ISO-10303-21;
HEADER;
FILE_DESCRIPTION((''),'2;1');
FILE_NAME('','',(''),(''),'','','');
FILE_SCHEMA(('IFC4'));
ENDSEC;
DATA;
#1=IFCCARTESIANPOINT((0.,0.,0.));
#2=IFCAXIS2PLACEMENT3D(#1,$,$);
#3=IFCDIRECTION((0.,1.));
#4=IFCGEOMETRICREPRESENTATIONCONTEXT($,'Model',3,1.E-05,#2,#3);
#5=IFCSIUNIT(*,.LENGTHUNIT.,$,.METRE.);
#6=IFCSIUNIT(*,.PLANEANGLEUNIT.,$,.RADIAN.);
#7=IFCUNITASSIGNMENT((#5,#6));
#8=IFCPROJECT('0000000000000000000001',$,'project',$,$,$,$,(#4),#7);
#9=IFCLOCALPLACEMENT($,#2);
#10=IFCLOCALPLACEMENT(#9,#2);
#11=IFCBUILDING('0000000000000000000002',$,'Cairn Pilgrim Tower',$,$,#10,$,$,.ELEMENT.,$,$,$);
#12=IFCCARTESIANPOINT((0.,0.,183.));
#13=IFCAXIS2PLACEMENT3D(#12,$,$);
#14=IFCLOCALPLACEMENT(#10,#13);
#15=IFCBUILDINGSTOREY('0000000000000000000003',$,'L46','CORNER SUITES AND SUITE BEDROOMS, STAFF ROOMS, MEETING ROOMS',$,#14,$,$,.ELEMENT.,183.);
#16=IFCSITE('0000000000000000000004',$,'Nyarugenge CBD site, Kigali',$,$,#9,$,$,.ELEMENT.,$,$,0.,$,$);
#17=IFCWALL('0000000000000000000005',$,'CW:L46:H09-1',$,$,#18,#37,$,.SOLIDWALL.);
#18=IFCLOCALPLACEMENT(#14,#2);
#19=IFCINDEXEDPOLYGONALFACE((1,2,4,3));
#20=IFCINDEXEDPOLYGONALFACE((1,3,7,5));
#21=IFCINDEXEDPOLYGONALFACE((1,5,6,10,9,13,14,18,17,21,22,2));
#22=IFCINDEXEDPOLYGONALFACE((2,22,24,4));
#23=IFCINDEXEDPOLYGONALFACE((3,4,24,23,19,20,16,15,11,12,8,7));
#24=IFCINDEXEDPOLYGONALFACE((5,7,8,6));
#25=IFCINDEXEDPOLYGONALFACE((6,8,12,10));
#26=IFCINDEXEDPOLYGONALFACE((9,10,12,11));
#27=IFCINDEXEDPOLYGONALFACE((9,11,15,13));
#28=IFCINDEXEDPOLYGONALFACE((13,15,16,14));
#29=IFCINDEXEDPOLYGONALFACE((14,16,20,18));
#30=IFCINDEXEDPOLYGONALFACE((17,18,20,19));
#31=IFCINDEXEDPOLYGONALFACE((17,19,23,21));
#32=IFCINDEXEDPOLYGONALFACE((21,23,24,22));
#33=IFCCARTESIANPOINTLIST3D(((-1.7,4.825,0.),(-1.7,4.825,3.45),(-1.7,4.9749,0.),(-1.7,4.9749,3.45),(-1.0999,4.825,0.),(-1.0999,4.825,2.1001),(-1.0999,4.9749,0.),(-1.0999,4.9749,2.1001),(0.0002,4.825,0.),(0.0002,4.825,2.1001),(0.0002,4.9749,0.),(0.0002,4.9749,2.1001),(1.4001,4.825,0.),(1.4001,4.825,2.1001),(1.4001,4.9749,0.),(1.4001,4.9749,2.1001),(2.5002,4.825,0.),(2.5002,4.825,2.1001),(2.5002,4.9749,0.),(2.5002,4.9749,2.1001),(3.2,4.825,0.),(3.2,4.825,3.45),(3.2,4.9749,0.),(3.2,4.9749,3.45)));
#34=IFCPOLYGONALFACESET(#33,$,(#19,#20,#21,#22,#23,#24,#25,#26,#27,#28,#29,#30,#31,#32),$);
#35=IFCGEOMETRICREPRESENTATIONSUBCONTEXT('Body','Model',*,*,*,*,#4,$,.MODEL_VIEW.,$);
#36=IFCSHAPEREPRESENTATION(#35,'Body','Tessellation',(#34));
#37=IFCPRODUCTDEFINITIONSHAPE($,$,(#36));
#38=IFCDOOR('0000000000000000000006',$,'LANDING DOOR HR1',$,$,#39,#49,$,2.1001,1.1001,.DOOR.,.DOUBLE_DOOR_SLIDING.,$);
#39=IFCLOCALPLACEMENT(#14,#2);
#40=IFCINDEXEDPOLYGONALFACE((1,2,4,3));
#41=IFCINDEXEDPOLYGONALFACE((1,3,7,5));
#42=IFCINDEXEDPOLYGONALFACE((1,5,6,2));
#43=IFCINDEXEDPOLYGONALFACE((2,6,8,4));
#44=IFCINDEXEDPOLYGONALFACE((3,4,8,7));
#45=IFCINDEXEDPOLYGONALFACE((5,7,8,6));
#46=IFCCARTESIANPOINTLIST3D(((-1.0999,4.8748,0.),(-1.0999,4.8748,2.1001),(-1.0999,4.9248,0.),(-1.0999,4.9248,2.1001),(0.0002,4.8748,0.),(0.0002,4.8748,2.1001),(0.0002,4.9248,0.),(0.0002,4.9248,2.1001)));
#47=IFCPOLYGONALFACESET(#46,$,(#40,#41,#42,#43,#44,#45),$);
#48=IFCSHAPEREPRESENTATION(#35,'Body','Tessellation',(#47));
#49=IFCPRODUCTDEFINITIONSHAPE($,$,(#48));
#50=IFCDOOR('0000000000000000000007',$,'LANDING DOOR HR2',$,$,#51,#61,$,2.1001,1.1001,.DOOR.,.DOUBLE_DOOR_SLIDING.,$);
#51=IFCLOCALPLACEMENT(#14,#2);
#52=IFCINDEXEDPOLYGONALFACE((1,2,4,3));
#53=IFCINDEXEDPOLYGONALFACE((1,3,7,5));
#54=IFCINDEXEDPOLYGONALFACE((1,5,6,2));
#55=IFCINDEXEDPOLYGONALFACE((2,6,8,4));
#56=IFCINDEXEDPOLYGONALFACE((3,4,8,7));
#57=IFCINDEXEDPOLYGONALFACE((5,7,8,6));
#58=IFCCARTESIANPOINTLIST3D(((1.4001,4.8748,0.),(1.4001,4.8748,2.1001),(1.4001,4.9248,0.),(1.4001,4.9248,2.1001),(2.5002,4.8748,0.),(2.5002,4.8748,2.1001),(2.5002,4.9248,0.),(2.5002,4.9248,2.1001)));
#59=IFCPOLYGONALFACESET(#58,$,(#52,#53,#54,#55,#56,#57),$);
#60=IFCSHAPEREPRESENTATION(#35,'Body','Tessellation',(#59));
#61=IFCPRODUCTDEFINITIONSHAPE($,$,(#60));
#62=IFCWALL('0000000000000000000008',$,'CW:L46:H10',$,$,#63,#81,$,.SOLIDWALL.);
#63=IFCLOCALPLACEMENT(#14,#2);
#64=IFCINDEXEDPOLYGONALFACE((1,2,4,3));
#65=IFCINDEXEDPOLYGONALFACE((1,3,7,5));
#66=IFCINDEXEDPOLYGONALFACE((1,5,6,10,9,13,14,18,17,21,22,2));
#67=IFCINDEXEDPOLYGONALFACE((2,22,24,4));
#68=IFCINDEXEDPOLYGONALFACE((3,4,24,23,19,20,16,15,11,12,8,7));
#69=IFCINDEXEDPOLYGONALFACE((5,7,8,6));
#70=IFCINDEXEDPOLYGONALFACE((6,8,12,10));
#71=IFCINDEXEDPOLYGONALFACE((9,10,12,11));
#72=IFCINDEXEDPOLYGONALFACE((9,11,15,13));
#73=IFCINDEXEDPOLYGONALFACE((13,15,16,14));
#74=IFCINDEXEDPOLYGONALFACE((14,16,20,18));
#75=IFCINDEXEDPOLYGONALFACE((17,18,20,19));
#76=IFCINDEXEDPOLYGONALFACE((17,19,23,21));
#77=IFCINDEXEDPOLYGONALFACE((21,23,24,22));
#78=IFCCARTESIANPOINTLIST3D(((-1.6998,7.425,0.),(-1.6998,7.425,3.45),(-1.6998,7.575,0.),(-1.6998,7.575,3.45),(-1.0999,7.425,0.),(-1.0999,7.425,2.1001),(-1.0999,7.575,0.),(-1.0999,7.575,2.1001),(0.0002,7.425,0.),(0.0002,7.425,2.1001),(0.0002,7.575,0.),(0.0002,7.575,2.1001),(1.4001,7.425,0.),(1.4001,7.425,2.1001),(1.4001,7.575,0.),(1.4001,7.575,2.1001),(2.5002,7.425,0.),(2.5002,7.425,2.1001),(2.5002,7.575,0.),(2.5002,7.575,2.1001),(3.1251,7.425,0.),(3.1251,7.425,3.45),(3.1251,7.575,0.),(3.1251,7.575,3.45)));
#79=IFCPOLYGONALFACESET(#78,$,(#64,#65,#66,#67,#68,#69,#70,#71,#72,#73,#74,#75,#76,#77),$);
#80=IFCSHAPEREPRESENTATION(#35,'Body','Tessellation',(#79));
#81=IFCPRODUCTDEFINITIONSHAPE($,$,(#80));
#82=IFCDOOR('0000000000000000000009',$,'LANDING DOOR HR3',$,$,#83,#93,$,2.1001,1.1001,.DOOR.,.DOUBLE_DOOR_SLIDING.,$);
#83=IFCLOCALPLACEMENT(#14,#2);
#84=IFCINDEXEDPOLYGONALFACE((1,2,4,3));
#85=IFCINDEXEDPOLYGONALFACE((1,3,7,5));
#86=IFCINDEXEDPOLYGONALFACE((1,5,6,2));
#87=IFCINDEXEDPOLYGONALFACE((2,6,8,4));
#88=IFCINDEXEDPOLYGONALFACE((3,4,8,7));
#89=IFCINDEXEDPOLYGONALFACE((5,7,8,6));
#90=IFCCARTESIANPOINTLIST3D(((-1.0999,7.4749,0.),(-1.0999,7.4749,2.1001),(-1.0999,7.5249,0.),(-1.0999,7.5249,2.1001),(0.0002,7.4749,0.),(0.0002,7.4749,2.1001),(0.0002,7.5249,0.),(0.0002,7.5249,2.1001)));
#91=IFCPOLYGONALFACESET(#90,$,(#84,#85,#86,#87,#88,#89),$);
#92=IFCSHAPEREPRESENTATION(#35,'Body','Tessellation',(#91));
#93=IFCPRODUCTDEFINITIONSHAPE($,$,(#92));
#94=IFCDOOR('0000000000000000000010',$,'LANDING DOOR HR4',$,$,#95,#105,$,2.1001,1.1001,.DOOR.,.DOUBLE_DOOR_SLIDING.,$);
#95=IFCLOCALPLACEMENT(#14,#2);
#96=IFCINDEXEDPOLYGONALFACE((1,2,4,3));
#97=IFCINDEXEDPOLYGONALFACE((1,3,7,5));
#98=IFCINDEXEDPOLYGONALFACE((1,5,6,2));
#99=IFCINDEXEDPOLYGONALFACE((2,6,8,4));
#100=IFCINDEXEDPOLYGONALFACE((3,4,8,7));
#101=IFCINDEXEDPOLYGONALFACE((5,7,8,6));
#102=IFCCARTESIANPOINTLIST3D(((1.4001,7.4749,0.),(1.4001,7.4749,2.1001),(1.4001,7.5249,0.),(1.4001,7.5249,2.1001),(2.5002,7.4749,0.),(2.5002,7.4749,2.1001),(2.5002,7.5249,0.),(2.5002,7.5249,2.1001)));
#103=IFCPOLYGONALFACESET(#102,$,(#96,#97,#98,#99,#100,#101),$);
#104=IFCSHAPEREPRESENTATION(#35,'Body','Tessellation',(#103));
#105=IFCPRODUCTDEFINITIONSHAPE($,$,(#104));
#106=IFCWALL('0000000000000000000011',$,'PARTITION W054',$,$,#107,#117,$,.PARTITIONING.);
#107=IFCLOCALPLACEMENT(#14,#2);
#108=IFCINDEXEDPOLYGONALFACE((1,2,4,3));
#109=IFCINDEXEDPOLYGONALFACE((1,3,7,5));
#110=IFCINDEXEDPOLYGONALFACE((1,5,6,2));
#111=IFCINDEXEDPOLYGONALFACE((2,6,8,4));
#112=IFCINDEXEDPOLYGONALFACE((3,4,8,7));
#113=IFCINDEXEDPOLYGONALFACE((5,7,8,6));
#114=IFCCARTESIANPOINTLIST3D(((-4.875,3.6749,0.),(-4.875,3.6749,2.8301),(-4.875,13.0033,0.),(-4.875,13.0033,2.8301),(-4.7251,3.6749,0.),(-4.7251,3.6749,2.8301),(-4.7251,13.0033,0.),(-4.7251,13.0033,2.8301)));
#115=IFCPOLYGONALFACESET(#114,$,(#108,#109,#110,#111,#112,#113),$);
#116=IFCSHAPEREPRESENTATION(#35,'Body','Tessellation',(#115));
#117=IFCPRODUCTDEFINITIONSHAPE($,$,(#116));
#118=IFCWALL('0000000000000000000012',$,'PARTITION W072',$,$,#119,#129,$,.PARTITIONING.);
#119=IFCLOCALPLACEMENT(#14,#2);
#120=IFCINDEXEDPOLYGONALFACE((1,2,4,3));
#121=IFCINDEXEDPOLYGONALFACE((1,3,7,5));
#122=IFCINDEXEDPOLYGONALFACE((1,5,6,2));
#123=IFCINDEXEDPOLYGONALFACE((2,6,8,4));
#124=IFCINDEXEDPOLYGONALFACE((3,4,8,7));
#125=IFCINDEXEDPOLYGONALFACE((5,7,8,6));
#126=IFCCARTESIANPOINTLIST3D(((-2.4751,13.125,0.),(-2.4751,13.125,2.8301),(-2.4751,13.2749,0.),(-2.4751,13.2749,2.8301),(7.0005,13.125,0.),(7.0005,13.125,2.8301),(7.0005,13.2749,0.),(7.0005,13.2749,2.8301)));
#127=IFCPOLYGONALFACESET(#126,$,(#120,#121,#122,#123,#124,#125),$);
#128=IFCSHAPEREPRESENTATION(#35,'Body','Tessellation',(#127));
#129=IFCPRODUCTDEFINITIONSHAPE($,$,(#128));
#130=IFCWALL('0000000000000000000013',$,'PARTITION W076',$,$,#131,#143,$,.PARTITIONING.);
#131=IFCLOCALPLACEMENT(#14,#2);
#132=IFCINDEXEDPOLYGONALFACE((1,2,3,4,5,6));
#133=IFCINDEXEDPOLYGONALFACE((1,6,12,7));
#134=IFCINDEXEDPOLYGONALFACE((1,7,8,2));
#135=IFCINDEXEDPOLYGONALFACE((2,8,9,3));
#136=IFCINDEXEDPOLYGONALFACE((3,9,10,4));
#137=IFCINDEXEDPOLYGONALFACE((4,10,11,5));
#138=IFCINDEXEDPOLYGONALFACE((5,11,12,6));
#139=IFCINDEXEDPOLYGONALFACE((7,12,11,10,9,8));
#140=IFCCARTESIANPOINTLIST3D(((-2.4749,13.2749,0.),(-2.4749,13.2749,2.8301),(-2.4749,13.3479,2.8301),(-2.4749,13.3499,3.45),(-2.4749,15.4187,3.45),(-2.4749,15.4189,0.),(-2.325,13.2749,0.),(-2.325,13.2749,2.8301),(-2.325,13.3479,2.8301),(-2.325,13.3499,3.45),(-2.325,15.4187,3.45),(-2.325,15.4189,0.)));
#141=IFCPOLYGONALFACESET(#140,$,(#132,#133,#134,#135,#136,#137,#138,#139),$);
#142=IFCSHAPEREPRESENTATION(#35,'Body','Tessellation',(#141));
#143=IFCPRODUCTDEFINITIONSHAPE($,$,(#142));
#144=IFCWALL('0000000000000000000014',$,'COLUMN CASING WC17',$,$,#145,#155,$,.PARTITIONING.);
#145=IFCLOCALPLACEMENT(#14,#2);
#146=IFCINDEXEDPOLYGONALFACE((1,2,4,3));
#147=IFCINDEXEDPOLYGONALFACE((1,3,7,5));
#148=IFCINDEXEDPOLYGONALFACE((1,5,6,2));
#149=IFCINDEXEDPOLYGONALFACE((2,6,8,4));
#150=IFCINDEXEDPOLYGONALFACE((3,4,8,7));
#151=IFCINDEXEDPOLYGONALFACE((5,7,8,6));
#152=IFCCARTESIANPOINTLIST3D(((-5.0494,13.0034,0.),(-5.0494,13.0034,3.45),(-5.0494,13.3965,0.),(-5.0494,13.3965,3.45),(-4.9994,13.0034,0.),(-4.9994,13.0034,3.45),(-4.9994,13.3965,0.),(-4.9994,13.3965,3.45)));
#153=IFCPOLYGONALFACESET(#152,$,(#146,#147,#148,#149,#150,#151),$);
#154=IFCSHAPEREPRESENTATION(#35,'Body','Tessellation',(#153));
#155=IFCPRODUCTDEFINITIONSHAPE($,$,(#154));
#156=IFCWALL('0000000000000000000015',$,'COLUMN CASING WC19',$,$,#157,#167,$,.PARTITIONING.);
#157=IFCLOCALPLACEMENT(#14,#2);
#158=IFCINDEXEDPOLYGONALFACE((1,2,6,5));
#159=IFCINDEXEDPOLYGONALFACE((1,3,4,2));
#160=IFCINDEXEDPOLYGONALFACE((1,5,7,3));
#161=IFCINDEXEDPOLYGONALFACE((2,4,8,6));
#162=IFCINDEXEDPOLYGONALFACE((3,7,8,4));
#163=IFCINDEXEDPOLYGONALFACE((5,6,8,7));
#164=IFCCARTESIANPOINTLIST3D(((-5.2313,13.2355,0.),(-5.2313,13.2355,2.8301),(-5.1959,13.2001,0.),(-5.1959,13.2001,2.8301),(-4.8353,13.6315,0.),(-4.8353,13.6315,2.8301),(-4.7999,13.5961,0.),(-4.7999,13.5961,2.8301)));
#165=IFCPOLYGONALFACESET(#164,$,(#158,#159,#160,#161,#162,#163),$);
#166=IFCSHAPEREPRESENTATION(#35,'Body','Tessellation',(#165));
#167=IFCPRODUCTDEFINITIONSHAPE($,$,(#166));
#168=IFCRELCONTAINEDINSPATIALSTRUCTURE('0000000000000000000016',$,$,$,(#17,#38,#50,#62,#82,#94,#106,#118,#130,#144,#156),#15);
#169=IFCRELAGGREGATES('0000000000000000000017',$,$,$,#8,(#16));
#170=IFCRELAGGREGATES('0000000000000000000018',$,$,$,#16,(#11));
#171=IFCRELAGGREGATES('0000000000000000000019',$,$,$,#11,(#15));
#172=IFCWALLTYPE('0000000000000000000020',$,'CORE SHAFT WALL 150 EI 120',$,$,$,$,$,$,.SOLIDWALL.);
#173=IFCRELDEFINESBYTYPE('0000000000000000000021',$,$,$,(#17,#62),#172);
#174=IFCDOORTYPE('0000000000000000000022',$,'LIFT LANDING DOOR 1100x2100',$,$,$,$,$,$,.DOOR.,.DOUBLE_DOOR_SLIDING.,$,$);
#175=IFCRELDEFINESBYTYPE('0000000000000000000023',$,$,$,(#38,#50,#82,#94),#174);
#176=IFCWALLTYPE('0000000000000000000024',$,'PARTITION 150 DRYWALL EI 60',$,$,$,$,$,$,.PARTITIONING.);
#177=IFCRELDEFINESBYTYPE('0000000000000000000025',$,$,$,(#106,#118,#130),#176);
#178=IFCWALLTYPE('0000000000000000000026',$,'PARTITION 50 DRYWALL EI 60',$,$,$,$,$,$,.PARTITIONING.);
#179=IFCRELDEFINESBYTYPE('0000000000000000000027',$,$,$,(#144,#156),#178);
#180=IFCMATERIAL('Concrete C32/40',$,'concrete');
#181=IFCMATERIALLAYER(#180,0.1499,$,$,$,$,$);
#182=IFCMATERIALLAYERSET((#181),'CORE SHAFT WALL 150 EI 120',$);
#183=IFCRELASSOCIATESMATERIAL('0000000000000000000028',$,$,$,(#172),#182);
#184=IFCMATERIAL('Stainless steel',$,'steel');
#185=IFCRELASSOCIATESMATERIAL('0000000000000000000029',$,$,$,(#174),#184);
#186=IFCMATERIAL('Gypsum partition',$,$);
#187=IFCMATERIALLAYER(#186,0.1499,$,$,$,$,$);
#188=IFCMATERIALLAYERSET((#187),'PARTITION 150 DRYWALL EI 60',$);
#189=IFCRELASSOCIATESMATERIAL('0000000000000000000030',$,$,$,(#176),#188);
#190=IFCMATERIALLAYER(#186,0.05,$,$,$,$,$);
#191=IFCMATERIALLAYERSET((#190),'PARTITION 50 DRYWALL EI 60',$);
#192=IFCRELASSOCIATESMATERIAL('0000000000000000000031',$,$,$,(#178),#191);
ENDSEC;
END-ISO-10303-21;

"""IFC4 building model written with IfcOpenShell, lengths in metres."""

from ifc_helpers import new_model, si_unit, direction, frame, frame_2d, origin, place, context, subcontext, project, spatial, polyline, rectangle, outline, extrude, material, layer, layer_set, type_object, element, fill, save


model = new_model("IFC4")

# Units and contexts
model_context = context("Model", 3, precision=1e-05, world=origin(), true_north=direction((0.0, 1.0)))
body_context = subcontext(model_context, "Body", "Model", "MODEL_VIEW")
ifc_project = project(units=[si_unit("LENGTHUNIT", "METRE"), si_unit("PLANEANGLEUNIT", "RADIAN")], contexts=[model_context])

# Site, building, storey
site_placement = place(None, origin())
site = spatial("IfcSite", under=ifc_project, at=site_placement, Name="Nyarugenge CBD site, Kigali", CompositionType="ELEMENT", RefElevation=0.0)
building_placement = place(site_placement, origin())
building = spatial("IfcBuilding", under=site, at=building_placement, Name="Cairn Pilgrim Tower", CompositionType="ELEMENT")
storey_placement = place(building_placement, frame((0.0, 0.0, 183.0)))
storey = spatial("IfcBuildingStorey", under=building, at=storey_placement, Name="L46", Description="CORNER SUITES AND SUITE BEDROOMS, STAFF ROOMS, MEETING ROOMS", CompositionType="ELEMENT", Elevation=183.0)

# Shared definitions
ifc_material_1 = material(Name="Concrete C32/40", Category="concrete")

# Walls, openings, doors
ifc_layer_1 = layer(ifc_material_1, 0.1499)
ifc_layer_set_1 = layer_set([ifc_layer_1], Name="CORE SHAFT WALL 150 EI 120")
wall_type_1 = type_object("IfcWallType", Name="CORE SHAFT WALL 150 EI 120", PredefinedType="SOLIDWALL", material=ifc_layer_set_1)
wall_1_placement = place(storey_placement, frame((-1.7, 4.8999, 0.0), z_axis=(0.0, 0.0, 1.0), x_axis=(1.0, 0.0, 0.0)))
wall_1 = element("IfcWall", 1, at=wall_1_placement, inside=storey, type_object=wall_type_1, Name="CW:L46:H09-1", PredefinedType="SOLIDWALL", context=body_context, shape_type="SweptSolid", body=[
    extrude(rectangle(XDim=4.8999, YDim=0.1499, at=frame_2d((2.45, 0.0))), origin(), (0.0, 0.0, 1.0), 3.45),
])
opening_1_placement = place(wall_1_placement, frame((0.6001, 0.0, 0.0)))
opening_1 = element("IfcOpeningElement", 2, at=opening_1_placement, cuts=wall_1, PredefinedType="OPENING", context=body_context, shape_type="SweptSolid", body=[
    extrude(rectangle(XDim=1.1001, YDim=2.1001, at=frame_2d((0.55, 1.05))), frame((0.0, 0.085, 0.0), z_axis=(0.0, -1.0, 0.0), x_axis=(1.0, 0.0, 0.0)), (0.0, 0.0, 1.0), 0.1699),
])
opening_2_placement = place(wall_1_placement, frame((3.1001, 0.0, 0.0)))
opening_2 = element("IfcOpeningElement", 3, at=opening_2_placement, cuts=wall_1, PredefinedType="OPENING", context=body_context, shape_type="SweptSolid", body=[
    extrude(rectangle(XDim=1.1001, YDim=2.1001, at=frame_2d((0.55, 1.05))), frame((0.0, 0.085, 0.0), z_axis=(0.0, -1.0, 0.0), x_axis=(1.0, 0.0, 0.0)), (0.0, 0.0, 1.0), 0.1699),
])
ifc_material_2 = material(Name="Stainless steel", Category="steel")
door_type = type_object("IfcDoorType", Name="LIFT LANDING DOOR 1100x2100", OperationType="DOUBLE_DOOR_SLIDING", PredefinedType="DOOR", material=ifc_material_2)
door_1_placement = place(opening_1_placement, origin())
door_1 = element("IfcDoor", 4, at=door_1_placement, inside=storey, type_object=door_type, Name="LANDING DOOR HR1", OperationType="DOUBLE_DOOR_SLIDING", OverallHeight=2.1001, OverallWidth=1.1001, PredefinedType="DOOR", context=body_context, shape_type="SweptSolid", body=[
    extrude(rectangle(XDim=1.1001, YDim=2.1001, at=frame_2d((0.55, 1.05))), frame((0.0, 0.0249, 0.0), z_axis=(0.0, -1.0, 0.0), x_axis=(1.0, 0.0, 0.0)), (0.0, 0.0, 1.0), 0.05),
])
fill(opening_1, door_1)
door_2_placement = place(opening_2_placement, origin())
door_2 = element("IfcDoor", 5, at=door_2_placement, inside=storey, type_object=door_type, Name="LANDING DOOR HR2", OperationType="DOUBLE_DOOR_SLIDING", OverallHeight=2.1001, OverallWidth=1.1001, PredefinedType="DOOR", context=body_context, shape_type="SweptSolid", body=[
    extrude(rectangle(XDim=1.1001, YDim=2.1001, at=frame_2d((0.55, 1.05))), frame((0.0, 0.0249, 0.0), z_axis=(0.0, -1.0, 0.0), x_axis=(1.0, 0.0, 0.0)), (0.0, 0.0, 1.0), 0.05),
])
fill(opening_2, door_2)
wall_2_placement = place(storey_placement, frame((-1.7, 7.5, 0.0), z_axis=(0.0, 0.0, 1.0), x_axis=(1.0, 0.0, 0.0)))
wall_2 = element("IfcWall", 6, at=wall_2_placement, inside=storey, type_object=wall_type_1, Name="CW:L46:H10", PredefinedType="SOLIDWALL", context=body_context, shape_type="SweptSolid", body=[
    extrude(rectangle(XDim=4.825, YDim=0.1499, at=frame_2d((2.4126, 0.0))), origin(), (0.0, 0.0, 1.0), 3.45),
])
opening_3_placement = place(wall_2_placement, frame((0.6001, 0.0, 0.0)))
opening_3 = element("IfcOpeningElement", 7, at=opening_3_placement, cuts=wall_2, PredefinedType="OPENING", context=body_context, shape_type="SweptSolid", body=[
    extrude(rectangle(XDim=1.1001, YDim=2.1001, at=frame_2d((0.55, 1.05))), frame((0.0, 0.085, 0.0), z_axis=(0.0, -1.0, 0.0), x_axis=(1.0, 0.0, 0.0)), (0.0, 0.0, 1.0), 0.1699),
])
opening_4_placement = place(wall_2_placement, frame((3.1001, 0.0, 0.0)))
opening_4 = element("IfcOpeningElement", 8, at=opening_4_placement, cuts=wall_2, PredefinedType="OPENING", context=body_context, shape_type="SweptSolid", body=[
    extrude(rectangle(XDim=1.1001, YDim=2.1001, at=frame_2d((0.55, 1.05))), frame((0.0, 0.085, 0.0), z_axis=(0.0, -1.0, 0.0), x_axis=(1.0, 0.0, 0.0)), (0.0, 0.0, 1.0), 0.1699),
])
door_3_placement = place(opening_3_placement, origin())
door_3 = element("IfcDoor", 9, at=door_3_placement, inside=storey, type_object=door_type, Name="LANDING DOOR HR3", OperationType="DOUBLE_DOOR_SLIDING", OverallHeight=2.1001, OverallWidth=1.1001, PredefinedType="DOOR", context=body_context, shape_type="SweptSolid", body=[
    extrude(rectangle(XDim=1.1001, YDim=2.1001, at=frame_2d((0.55, 1.05))), frame((0.0, 0.0249, 0.0), z_axis=(0.0, -1.0, 0.0), x_axis=(1.0, 0.0, 0.0)), (0.0, 0.0, 1.0), 0.05),
])
fill(opening_3, door_3)
door_4_placement = place(opening_4_placement, origin())
door_4 = element("IfcDoor", 10, at=door_4_placement, inside=storey, type_object=door_type, Name="LANDING DOOR HR4", OperationType="DOUBLE_DOOR_SLIDING", OverallHeight=2.1001, OverallWidth=1.1001, PredefinedType="DOOR", context=body_context, shape_type="SweptSolid", body=[
    extrude(rectangle(XDim=1.1001, YDim=2.1001, at=frame_2d((0.55, 1.05))), frame((0.0, 0.0249, 0.0), z_axis=(0.0, -1.0, 0.0), x_axis=(1.0, 0.0, 0.0)), (0.0, 0.0, 1.0), 0.05),
])
fill(opening_4, door_4)

# Walls
ifc_material_3 = material(Name="Gypsum partition")
ifc_layer_2 = layer(ifc_material_3, 0.1499)
ifc_layer_set_2 = layer_set([ifc_layer_2], Name="PARTITION 150 DRYWALL EI 60")
wall_type_2 = type_object("IfcWallType", Name="PARTITION 150 DRYWALL EI 60", PredefinedType="PARTITIONING", material=ifc_layer_set_2)
wall_3_placement = place(storey_placement, frame((-4.8, 3.675, 0.0), z_axis=(0.0, 0.0, 1.0), x_axis=(0.0, 1.0, 0.0)))
element("IfcWall", 11, at=wall_3_placement, inside=storey, type_object=wall_type_2, Name="PARTITION W054", PredefinedType="PARTITIONING", context=body_context, shape_type="SweptSolid", body=[
    extrude(rectangle(XDim=9.3284, YDim=0.1499, at=frame_2d((4.6641, 0.0))), origin(), (0.0, 0.0, 1.0), 2.8301),
])
wall_4_placement = place(storey_placement, frame((-2.4751, 13.2, 0.0), z_axis=(0.0, 0.0, 1.0), x_axis=(1.0, 0.0, 0.0)))
element("IfcWall", 12, at=wall_4_placement, inside=storey, type_object=wall_type_2, Name="PARTITION W072", PredefinedType="PARTITIONING", context=body_context, shape_type="SweptSolid", body=[
    extrude(rectangle(XDim=9.4756, YDim=0.1499, at=frame_2d((4.7378, 0.0))), origin(), (0.0, 0.0, 1.0), 2.8301),
])
wall_5_placement = place(storey_placement, frame((-2.3999, 13.2749, 0.0), z_axis=(0.0, 0.0, 1.0), x_axis=(0.0, 1.0, 0.0)))
element("IfcWall", 13, at=wall_5_placement, inside=storey, type_object=wall_type_2, Name="PARTITION W076", PredefinedType="PARTITIONING", context=body_context, shape_type="SweptSolid", body=[
    extrude(outline(polyline([(0.0, 0.0), (2.144, 0.0), (2.1438, 3.45), (0.075, 3.45), (0.073, 2.8301), (0.0, 2.8301), (0.0, 0.0)])), frame((0.0, 0.075, 0.0), z_axis=(0.0, -1.0, 0.0), x_axis=(1.0, 0.0, 0.0)), (0.0, 0.0, 1.0), 0.1499),
])
ifc_layer_3 = layer(ifc_material_3, 0.05)
ifc_layer_set_3 = layer_set([ifc_layer_3], Name="PARTITION 50 DRYWALL EI 60")
wall_type_3 = type_object("IfcWallType", Name="PARTITION 50 DRYWALL EI 60", PredefinedType="PARTITIONING", material=ifc_layer_set_3)
wall_6_placement = place(storey_placement, frame((-5.0244, 13.0034, 0.0), z_axis=(0.0, 0.0, 1.0), x_axis=(0.0, 1.0, 0.0)))
element("IfcWall", 14, at=wall_6_placement, inside=storey, type_object=wall_type_3, Name="COLUMN CASING WC17", PredefinedType="PARTITIONING", context=body_context, shape_type="SweptSolid", body=[
    extrude(rectangle(XDim=0.3931, YDim=0.05, at=frame_2d((0.1965, 0.0))), origin(), (0.0, 0.0, 1.0), 3.45),
])
wall_7_placement = place(storey_placement, frame((-5.2136, 13.2178, 0.0), z_axis=(0.0, 0.0, 1.0), x_axis=(0.707107, 0.707107, 0.0)))
element("IfcWall", 15, at=wall_7_placement, inside=storey, type_object=wall_type_3, Name="COLUMN CASING WC19", PredefinedType="PARTITIONING", context=body_context, shape_type="SweptSolid", body=[
    extrude(rectangle(XDim=0.5601, YDim=0.05, at=frame_2d((0.28, 0.0))), origin(), (0.0, 0.0, 1.0), 2.8301),
])

save(model, "model.ifc")
